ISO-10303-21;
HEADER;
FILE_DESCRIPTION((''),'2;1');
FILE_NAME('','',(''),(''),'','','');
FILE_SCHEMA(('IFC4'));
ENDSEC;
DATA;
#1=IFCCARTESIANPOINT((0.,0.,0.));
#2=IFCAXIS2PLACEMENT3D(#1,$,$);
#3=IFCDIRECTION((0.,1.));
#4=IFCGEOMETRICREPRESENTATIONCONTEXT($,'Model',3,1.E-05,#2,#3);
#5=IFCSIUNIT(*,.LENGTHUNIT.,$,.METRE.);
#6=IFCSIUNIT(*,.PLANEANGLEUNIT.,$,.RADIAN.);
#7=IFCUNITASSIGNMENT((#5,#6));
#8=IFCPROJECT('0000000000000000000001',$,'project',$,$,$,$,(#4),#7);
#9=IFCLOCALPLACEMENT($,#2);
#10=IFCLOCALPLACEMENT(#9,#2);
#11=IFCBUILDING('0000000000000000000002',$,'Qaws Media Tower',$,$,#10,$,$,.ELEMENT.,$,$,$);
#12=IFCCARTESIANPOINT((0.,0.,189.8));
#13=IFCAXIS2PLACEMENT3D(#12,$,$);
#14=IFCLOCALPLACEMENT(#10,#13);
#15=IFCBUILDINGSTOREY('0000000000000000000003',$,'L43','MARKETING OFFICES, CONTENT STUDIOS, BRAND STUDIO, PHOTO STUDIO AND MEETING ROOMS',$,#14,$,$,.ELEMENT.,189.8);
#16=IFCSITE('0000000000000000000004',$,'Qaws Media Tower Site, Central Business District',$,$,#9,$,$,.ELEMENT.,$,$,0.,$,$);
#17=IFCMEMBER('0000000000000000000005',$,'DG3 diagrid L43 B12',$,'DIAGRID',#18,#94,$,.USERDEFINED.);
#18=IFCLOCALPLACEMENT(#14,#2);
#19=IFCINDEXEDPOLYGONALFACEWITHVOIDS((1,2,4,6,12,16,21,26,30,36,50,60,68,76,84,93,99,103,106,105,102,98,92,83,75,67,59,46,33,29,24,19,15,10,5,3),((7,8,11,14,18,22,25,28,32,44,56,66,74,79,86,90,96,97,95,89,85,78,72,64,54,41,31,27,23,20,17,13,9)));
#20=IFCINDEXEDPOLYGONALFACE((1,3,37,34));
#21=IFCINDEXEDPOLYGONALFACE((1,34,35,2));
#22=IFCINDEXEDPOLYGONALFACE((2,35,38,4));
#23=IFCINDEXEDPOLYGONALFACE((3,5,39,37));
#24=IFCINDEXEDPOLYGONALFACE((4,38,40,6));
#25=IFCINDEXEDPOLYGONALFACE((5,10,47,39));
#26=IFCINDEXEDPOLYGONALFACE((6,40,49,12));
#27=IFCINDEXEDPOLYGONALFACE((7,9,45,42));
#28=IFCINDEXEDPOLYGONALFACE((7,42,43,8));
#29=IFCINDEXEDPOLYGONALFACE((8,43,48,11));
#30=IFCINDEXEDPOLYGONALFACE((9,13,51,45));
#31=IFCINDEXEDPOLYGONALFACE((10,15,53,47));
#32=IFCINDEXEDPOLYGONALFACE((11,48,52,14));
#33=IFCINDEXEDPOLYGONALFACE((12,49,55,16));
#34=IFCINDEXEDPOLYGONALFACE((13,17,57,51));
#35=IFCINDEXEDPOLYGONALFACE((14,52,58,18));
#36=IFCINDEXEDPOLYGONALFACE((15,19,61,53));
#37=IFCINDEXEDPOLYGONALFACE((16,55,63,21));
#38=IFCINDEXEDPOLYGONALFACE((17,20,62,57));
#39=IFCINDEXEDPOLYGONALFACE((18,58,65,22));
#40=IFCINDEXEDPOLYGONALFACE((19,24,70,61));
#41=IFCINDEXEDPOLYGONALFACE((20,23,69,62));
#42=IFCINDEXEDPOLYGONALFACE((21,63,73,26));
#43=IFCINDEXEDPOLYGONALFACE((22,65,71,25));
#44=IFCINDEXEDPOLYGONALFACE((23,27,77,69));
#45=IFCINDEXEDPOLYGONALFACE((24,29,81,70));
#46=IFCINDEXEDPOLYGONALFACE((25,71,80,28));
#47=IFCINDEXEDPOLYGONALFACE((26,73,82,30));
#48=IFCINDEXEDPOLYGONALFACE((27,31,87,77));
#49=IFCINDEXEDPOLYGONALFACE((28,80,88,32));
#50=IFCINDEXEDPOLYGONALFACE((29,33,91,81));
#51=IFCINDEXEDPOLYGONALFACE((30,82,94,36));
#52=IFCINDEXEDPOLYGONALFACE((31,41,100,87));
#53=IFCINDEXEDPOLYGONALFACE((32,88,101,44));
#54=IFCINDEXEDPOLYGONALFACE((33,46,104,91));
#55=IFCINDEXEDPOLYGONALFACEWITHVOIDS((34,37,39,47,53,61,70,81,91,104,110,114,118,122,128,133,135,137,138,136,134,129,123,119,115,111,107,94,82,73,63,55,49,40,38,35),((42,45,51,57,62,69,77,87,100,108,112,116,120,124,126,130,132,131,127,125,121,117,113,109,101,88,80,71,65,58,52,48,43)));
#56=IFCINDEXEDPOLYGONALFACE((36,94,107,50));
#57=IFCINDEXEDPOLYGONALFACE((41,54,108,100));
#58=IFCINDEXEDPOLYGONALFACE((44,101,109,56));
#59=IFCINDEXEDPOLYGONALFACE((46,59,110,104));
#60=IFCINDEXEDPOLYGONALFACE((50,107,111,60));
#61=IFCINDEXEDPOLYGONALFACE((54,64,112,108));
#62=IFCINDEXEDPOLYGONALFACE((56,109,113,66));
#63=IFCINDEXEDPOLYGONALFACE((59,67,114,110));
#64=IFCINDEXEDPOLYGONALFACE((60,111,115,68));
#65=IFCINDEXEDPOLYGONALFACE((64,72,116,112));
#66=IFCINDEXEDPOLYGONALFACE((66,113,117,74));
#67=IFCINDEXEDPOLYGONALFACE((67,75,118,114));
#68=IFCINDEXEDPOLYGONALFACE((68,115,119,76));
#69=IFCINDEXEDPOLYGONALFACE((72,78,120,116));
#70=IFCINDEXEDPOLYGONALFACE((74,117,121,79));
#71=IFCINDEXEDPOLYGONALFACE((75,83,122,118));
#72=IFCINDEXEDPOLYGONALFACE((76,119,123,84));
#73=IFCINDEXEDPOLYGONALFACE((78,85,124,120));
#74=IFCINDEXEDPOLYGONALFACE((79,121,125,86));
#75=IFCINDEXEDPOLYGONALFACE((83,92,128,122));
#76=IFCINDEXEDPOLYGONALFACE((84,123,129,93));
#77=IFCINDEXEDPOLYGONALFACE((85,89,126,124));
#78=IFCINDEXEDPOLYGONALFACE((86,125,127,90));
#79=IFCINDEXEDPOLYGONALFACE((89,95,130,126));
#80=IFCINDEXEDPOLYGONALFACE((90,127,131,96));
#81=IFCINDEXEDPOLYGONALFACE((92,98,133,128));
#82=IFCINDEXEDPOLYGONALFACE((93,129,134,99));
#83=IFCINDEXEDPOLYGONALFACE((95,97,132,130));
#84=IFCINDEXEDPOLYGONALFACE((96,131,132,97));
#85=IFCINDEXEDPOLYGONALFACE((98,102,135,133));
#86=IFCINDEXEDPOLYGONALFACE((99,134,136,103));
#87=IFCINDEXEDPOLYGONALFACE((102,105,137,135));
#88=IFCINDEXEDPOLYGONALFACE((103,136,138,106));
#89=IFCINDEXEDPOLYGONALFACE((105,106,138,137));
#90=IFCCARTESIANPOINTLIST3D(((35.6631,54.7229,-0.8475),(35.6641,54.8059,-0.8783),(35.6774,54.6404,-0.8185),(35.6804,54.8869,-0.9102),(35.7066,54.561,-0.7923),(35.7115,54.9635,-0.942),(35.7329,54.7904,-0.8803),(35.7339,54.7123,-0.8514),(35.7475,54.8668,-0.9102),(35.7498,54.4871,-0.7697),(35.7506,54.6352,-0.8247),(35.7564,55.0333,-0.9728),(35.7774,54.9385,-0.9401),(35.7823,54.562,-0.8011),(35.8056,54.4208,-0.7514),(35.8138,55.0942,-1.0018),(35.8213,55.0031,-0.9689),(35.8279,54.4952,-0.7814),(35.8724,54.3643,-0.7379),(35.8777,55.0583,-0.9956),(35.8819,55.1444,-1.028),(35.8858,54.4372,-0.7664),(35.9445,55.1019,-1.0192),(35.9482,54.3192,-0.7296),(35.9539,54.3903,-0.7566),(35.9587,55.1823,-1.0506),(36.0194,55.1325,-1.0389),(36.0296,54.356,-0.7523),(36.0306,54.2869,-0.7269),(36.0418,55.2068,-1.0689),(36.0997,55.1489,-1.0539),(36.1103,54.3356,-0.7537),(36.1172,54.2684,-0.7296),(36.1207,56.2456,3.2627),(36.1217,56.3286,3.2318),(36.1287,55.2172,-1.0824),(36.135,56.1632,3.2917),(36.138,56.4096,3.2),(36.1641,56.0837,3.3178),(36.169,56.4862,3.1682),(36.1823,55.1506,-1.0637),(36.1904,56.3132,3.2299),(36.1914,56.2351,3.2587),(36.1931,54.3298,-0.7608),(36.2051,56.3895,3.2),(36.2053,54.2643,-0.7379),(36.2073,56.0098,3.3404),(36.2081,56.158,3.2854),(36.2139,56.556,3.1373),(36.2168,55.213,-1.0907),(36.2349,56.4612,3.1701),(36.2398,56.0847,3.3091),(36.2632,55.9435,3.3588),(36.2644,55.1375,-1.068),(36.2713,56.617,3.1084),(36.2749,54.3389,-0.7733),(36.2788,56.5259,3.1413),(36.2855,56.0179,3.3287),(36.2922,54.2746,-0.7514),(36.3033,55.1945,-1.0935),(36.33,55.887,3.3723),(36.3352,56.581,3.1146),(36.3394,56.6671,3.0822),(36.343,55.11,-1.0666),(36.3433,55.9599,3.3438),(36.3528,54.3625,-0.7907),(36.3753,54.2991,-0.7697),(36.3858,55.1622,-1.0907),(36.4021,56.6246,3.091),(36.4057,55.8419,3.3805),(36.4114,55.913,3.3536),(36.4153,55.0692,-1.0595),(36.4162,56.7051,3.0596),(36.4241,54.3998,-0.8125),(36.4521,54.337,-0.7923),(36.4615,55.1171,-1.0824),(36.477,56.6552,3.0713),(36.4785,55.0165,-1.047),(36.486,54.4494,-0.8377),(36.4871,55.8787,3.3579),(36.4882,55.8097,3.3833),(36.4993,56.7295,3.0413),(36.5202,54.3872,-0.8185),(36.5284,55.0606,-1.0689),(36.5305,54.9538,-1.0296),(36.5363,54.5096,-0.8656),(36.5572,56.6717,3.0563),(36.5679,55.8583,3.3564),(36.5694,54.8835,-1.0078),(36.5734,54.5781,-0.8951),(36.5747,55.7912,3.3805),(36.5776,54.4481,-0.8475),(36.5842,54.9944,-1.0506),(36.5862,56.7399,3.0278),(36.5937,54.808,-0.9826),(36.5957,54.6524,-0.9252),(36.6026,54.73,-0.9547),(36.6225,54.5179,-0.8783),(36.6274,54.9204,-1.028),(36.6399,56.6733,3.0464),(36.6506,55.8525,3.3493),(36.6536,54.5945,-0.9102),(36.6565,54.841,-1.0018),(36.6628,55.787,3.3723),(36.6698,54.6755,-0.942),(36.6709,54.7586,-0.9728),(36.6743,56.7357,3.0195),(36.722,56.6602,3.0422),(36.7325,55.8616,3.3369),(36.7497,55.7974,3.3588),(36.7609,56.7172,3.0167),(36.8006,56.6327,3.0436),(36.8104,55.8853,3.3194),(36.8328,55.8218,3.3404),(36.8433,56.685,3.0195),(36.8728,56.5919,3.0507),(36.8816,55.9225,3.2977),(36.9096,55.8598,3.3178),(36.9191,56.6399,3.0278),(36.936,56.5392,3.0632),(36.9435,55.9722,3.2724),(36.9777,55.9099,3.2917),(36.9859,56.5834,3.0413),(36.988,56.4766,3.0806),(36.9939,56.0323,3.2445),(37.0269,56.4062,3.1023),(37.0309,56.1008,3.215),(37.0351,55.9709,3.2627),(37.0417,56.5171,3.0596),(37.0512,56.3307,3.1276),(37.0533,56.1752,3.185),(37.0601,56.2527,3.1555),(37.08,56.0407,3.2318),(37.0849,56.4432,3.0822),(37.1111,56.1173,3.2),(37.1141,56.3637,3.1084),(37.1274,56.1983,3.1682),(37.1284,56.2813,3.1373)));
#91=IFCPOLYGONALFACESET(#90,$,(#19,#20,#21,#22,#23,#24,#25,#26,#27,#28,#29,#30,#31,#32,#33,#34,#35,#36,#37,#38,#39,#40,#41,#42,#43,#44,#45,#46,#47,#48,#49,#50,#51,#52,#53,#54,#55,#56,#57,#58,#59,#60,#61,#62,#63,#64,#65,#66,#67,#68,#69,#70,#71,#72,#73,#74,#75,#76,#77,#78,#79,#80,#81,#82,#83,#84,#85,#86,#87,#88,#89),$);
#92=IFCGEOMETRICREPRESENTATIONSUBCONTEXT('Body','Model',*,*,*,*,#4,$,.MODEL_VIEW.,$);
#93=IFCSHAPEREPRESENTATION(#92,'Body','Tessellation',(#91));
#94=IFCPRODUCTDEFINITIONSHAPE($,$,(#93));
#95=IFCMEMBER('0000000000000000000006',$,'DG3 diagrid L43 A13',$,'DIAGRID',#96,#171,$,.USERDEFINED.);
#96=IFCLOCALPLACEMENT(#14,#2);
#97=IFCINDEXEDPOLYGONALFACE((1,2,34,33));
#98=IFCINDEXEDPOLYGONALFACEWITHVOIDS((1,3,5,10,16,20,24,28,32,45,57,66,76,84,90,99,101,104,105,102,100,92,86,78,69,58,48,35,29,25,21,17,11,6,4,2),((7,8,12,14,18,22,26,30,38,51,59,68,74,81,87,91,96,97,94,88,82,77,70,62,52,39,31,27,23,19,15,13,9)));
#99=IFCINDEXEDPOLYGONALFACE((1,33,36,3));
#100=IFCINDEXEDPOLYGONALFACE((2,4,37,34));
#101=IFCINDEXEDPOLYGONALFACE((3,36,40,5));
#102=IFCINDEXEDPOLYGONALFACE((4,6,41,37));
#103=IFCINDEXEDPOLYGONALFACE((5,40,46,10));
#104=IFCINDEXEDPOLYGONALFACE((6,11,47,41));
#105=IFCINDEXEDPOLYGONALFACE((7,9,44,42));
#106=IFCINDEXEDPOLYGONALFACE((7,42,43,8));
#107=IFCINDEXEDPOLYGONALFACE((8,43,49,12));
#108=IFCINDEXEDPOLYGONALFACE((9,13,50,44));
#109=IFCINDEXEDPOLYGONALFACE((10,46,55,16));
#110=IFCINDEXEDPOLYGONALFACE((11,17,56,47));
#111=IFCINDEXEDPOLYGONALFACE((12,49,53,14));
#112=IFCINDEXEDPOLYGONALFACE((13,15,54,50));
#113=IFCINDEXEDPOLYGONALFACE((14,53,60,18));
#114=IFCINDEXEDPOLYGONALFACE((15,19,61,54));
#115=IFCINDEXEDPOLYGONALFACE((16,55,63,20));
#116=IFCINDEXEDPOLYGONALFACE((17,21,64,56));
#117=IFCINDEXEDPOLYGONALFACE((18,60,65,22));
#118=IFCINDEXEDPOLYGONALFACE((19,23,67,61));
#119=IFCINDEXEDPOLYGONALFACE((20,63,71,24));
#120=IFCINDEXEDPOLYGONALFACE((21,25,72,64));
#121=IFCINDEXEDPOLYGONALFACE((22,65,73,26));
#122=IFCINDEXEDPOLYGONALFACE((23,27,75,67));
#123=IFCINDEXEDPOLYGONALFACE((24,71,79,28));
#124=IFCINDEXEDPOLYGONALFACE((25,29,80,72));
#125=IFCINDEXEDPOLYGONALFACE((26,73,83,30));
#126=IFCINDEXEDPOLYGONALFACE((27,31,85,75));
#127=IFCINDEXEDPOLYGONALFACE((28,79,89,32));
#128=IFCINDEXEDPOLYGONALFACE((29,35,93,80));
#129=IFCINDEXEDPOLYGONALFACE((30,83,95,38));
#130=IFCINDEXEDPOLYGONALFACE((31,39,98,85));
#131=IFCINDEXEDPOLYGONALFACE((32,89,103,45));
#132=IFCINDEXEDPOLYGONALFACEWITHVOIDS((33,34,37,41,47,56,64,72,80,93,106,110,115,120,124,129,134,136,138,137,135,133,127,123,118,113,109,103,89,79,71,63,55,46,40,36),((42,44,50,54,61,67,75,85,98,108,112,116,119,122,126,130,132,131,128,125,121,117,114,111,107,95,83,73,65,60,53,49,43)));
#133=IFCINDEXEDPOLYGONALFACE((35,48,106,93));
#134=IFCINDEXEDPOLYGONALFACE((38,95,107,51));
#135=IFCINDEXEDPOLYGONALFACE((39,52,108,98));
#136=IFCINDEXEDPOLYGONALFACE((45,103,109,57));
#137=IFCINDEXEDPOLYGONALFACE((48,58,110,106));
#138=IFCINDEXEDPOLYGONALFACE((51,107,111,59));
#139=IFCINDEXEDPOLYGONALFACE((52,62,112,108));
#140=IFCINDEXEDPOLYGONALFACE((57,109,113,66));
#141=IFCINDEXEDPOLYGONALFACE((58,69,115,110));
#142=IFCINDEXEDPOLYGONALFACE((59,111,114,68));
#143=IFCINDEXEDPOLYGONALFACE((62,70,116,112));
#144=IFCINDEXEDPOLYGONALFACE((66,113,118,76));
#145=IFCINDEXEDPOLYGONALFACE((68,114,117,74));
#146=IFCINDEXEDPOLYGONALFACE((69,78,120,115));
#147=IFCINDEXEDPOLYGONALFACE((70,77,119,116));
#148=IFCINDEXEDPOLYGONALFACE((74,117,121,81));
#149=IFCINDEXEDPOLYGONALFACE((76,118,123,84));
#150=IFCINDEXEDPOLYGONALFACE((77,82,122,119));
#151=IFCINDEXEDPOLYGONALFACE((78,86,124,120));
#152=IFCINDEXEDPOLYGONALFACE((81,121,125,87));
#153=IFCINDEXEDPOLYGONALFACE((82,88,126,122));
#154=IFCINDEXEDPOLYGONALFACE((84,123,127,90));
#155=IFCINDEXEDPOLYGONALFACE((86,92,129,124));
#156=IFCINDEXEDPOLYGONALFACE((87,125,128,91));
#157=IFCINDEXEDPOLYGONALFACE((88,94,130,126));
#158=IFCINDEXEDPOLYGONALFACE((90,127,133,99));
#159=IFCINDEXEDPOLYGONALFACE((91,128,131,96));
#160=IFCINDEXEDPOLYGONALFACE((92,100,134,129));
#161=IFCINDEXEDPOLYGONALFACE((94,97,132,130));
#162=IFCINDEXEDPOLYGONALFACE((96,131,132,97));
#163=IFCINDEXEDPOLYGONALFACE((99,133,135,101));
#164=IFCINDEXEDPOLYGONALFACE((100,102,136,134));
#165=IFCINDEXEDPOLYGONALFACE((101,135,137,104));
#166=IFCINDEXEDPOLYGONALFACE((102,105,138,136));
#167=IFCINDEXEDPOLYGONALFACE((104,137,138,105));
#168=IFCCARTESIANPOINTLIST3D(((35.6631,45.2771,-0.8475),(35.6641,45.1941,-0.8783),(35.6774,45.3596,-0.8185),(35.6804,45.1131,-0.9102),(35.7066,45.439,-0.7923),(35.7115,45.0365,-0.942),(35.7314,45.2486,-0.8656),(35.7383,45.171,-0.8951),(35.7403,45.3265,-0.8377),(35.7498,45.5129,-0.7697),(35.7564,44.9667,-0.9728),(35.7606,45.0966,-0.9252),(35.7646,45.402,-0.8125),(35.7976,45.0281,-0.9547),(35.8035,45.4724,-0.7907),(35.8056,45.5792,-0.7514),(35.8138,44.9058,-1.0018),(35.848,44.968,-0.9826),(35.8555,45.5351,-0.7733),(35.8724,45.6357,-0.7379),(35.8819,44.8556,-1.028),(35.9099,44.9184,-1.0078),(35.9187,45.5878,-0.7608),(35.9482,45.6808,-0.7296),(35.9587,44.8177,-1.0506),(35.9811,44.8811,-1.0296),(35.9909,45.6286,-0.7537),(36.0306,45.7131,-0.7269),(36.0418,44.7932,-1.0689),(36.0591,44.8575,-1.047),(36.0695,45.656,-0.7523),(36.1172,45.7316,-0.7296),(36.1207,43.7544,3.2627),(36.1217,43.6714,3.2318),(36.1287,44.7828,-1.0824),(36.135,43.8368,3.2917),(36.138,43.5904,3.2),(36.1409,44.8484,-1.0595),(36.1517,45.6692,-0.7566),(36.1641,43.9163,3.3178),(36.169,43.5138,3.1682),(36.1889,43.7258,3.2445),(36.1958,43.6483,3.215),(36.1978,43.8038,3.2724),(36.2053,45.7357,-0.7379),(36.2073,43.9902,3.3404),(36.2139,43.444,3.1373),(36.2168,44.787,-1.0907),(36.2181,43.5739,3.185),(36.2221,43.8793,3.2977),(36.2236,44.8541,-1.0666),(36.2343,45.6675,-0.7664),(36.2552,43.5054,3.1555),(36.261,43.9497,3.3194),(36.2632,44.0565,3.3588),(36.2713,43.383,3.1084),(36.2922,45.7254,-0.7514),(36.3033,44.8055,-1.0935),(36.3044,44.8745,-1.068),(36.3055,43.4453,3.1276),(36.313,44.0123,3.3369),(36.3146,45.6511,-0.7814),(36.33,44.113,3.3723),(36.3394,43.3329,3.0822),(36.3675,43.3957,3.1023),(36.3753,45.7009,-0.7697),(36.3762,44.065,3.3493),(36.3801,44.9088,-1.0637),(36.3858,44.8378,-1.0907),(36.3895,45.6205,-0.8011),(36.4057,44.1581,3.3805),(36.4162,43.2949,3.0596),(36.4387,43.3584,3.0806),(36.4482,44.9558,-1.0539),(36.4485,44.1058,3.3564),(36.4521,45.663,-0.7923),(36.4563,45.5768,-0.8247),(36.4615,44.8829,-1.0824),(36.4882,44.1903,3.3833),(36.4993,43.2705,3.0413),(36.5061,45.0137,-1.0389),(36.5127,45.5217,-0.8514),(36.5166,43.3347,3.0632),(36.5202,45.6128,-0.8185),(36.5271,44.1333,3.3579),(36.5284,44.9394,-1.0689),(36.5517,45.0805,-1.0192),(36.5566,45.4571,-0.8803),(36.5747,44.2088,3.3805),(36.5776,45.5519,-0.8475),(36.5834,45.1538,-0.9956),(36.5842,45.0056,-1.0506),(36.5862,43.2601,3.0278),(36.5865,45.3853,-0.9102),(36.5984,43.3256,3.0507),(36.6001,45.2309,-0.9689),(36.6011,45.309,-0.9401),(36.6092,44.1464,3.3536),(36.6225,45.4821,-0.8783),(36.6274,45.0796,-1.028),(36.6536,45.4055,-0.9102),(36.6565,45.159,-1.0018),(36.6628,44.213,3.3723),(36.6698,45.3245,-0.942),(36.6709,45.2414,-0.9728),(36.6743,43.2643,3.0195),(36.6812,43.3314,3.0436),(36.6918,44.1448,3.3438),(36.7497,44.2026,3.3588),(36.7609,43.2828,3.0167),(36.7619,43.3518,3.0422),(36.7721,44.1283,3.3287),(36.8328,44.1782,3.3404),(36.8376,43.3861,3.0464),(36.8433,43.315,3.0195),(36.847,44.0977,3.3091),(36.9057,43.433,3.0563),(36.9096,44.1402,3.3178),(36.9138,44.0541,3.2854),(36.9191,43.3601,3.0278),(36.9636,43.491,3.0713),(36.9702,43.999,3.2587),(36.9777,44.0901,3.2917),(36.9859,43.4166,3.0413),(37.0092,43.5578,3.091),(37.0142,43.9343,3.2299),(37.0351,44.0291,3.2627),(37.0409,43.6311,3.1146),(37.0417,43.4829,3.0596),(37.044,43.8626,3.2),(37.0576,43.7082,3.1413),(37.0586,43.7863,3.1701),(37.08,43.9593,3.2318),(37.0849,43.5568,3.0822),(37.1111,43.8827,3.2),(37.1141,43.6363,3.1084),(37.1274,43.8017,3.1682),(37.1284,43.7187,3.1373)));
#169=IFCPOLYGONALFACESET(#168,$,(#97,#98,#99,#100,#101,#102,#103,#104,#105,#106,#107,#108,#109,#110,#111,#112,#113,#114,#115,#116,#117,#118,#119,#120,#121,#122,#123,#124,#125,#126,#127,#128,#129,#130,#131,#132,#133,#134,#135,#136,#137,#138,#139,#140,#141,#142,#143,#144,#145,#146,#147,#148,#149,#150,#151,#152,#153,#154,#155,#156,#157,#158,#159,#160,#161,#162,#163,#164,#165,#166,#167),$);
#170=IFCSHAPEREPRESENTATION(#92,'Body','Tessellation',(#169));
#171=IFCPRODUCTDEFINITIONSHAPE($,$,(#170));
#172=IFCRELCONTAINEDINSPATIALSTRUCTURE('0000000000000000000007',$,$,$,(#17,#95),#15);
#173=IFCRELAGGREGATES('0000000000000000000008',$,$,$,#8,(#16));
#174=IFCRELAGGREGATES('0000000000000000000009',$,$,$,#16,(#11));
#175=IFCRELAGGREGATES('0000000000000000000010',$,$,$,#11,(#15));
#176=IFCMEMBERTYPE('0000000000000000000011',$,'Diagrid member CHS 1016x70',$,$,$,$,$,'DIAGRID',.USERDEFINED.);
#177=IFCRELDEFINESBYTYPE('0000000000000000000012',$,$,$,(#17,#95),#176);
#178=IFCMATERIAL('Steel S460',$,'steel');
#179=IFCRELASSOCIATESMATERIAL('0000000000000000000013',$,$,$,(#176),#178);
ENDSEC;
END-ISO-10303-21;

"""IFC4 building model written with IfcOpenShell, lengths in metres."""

from ifc_helpers import new_model, si_unit, direction, frame, origin, origin_2d, place, context, subcontext, project, spatial, hollow_circle, extrude, material, material_profile, profile_set, type_object, element, save


model = new_model("IFC4")

# Units and contexts
model_context = context("Model", 3, precision=1e-05, world=origin(), true_north=direction((0.0, 1.0)))
body_context = subcontext(model_context, "Body", "Model", "MODEL_VIEW")
ifc_project = project(units=[si_unit("LENGTHUNIT", "METRE"), si_unit("PLANEANGLEUNIT", "RADIAN")], contexts=[model_context])

# Site, building, storey
site_placement = place(None, origin())
site = spatial("IfcSite", under=ifc_project, at=site_placement, Name="Qaws Media Tower Site, Central Business District", CompositionType="ELEMENT", RefElevation=0.0)
building_placement = place(site_placement, origin())
building = spatial("IfcBuilding", under=site, at=building_placement, Name="Qaws Media Tower", CompositionType="ELEMENT")
storey_placement = place(building_placement, frame((0.0, 0.0, 189.8)))
storey = spatial("IfcBuildingStorey", under=building, at=storey_placement, Name="L43", Description="MARKETING OFFICES, CONTENT STUDIOS, BRAND STUDIO, PHOTO STUDIO AND MEETING ROOMS", CompositionType="ELEMENT", Elevation=189.8)

# Members
ifc_material_1 = material(Name="Steel S460", Category="steel")
ifc_material_profile_1 = material_profile(ifc_material_1, hollow_circle(Radius=0.5081, WallThickness=0.0701, at=origin_2d()), Name="CHS 1016x70")
ifc_profile_set_1 = profile_set([ifc_material_profile_1], Name="Steel S460")
member_type_1 = type_object("IfcMemberType", Name="Diagrid member CHS 1016x70", ElementType="DIAGRID", PredefinedType="USERDEFINED", material=ifc_profile_set_1)
for number, where, z_axis, x_axis, name in (
    (1, (36.167, 54.7407, -0.9102), (0.103818, 0.345526, 0.932649), (-0.957704, 0.287756, 0.0), "DG3 diagrid L43 B12"),
    (2, (36.167, 45.2593, -0.9102), (0.103818, -0.345526, 0.932649), (0.957704, 0.287756, 0.0), "DG3 diagrid L43 A13"),
):
    element("IfcMember", number, at=place(storey_placement, frame(where, z_axis=z_axis, x_axis=x_axis)), inside=storey, type_object=member_type_1, Name=name, ObjectType="DIAGRID", PredefinedType="USERDEFINED", context=body_context, shape_type="SweptSolid", body=[
        extrude(hollow_circle(Radius=0.5081, WallThickness=0.0701, at=origin_2d()), origin(), (0.0, 0.0, 1.0), 4.407),
    ])

save(model, "model.ifc")
